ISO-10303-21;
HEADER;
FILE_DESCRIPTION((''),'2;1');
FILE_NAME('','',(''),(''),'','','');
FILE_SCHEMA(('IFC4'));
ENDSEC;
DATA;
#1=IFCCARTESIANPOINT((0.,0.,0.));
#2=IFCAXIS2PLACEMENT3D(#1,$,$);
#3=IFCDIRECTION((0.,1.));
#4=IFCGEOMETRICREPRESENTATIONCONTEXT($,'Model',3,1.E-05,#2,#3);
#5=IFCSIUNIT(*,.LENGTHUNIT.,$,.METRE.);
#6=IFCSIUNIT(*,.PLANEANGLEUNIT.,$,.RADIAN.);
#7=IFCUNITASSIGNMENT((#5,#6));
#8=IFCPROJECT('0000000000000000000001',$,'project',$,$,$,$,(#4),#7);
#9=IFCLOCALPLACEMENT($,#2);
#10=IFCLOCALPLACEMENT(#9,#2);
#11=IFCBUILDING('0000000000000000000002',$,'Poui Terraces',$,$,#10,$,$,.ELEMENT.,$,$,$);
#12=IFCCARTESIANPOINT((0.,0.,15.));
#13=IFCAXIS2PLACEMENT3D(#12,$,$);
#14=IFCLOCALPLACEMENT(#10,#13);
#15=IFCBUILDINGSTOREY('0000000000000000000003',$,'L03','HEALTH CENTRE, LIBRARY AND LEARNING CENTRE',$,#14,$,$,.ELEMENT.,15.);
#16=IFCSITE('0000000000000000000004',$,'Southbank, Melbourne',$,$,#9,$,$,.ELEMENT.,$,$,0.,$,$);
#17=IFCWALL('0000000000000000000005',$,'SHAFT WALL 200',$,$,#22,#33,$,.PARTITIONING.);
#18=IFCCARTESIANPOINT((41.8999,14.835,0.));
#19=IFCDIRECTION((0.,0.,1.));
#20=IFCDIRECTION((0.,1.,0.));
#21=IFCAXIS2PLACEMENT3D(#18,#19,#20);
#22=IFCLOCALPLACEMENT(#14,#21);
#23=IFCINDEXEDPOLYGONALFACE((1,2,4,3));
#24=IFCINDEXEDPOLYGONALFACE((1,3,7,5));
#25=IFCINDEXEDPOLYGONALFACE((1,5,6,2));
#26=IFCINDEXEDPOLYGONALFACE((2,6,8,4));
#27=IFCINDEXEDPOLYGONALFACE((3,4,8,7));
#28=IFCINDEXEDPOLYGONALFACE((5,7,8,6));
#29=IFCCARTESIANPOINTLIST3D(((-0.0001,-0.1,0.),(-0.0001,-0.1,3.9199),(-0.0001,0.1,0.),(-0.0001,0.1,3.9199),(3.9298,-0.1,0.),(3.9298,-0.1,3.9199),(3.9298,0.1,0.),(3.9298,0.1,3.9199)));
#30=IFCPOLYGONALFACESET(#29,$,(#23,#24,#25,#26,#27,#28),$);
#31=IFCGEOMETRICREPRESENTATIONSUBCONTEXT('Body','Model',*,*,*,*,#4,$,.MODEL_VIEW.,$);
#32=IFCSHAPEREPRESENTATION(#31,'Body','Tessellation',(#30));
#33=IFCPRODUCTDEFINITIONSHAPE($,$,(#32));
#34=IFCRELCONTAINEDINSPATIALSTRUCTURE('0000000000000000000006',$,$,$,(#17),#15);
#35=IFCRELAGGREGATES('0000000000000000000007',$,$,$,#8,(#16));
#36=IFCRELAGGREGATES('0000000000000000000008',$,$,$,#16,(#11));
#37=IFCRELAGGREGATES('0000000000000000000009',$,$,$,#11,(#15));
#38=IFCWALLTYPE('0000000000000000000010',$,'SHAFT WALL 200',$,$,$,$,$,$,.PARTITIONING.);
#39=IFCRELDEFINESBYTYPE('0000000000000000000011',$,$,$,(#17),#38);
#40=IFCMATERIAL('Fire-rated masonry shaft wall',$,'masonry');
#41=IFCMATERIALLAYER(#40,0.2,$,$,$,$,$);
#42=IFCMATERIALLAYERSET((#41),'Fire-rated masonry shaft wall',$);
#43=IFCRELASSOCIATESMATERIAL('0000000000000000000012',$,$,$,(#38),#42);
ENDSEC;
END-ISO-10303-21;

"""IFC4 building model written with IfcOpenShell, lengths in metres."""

from ifc_helpers import new_model, si_unit, direction, frame, frame_2d, origin, place, context, subcontext, project, spatial, rectangle, extrude, material, layer, layer_set, type_object, element, save


model = new_model("IFC4")

# Units and contexts
model_context = context("Model", 3, precision=1e-05, world=origin(), true_north=direction((0.0, 1.0)))
body_context = subcontext(model_context, "Body", "Model", "MODEL_VIEW")
ifc_project = project(units=[si_unit("LENGTHUNIT", "METRE"), si_unit("PLANEANGLEUNIT", "RADIAN")], contexts=[model_context])

# Site, building, storey
site_placement = place(None, origin())
site = spatial("IfcSite", under=ifc_project, at=site_placement, Name="Southbank, Melbourne", CompositionType="ELEMENT", RefElevation=0.0)
building_placement = place(site_placement, origin())
building = spatial("IfcBuilding", under=site, at=building_placement, Name="Poui Terraces", CompositionType="ELEMENT")
storey_placement = place(building_placement, frame((0.0, 0.0, 15.0)))
storey = spatial("IfcBuildingStorey", under=building, at=storey_placement, Name="L03", Description="HEALTH CENTRE, LIBRARY AND LEARNING CENTRE", CompositionType="ELEMENT", Elevation=15.0)

# Wall
ifc_material_1 = material(Name="Fire-rated masonry shaft wall", Category="masonry")
ifc_layer_1 = layer(ifc_material_1, 0.2)
ifc_layer_set_1 = layer_set([ifc_layer_1], Name="Fire-rated masonry shaft wall")
wall_type_1 = type_object("IfcWallType", Name="SHAFT WALL 200", PredefinedType="PARTITIONING", material=ifc_layer_set_1)
for number, where, z_axis, x_axis, name in (
    (1, (41.8999, 14.835, 0.0), (0.0, 0.0, 1.0), (0.0, 1.0, 0.0), "SHAFT WALL 200"),
):
    element("IfcWall", number, at=place(storey_placement, frame(where, z_axis=z_axis, x_axis=x_axis)), inside=storey, type_object=wall_type_1, Name=name, PredefinedType="PARTITIONING", context=body_context, shape_type="SweptSolid", body=[
        extrude(rectangle(XDim=3.9299, YDim=0.2, at=frame_2d((1.9648, 0.0))), origin(), (0.0, 0.0, 1.0), 3.9199),
    ])

save(model, "model.ifc")
